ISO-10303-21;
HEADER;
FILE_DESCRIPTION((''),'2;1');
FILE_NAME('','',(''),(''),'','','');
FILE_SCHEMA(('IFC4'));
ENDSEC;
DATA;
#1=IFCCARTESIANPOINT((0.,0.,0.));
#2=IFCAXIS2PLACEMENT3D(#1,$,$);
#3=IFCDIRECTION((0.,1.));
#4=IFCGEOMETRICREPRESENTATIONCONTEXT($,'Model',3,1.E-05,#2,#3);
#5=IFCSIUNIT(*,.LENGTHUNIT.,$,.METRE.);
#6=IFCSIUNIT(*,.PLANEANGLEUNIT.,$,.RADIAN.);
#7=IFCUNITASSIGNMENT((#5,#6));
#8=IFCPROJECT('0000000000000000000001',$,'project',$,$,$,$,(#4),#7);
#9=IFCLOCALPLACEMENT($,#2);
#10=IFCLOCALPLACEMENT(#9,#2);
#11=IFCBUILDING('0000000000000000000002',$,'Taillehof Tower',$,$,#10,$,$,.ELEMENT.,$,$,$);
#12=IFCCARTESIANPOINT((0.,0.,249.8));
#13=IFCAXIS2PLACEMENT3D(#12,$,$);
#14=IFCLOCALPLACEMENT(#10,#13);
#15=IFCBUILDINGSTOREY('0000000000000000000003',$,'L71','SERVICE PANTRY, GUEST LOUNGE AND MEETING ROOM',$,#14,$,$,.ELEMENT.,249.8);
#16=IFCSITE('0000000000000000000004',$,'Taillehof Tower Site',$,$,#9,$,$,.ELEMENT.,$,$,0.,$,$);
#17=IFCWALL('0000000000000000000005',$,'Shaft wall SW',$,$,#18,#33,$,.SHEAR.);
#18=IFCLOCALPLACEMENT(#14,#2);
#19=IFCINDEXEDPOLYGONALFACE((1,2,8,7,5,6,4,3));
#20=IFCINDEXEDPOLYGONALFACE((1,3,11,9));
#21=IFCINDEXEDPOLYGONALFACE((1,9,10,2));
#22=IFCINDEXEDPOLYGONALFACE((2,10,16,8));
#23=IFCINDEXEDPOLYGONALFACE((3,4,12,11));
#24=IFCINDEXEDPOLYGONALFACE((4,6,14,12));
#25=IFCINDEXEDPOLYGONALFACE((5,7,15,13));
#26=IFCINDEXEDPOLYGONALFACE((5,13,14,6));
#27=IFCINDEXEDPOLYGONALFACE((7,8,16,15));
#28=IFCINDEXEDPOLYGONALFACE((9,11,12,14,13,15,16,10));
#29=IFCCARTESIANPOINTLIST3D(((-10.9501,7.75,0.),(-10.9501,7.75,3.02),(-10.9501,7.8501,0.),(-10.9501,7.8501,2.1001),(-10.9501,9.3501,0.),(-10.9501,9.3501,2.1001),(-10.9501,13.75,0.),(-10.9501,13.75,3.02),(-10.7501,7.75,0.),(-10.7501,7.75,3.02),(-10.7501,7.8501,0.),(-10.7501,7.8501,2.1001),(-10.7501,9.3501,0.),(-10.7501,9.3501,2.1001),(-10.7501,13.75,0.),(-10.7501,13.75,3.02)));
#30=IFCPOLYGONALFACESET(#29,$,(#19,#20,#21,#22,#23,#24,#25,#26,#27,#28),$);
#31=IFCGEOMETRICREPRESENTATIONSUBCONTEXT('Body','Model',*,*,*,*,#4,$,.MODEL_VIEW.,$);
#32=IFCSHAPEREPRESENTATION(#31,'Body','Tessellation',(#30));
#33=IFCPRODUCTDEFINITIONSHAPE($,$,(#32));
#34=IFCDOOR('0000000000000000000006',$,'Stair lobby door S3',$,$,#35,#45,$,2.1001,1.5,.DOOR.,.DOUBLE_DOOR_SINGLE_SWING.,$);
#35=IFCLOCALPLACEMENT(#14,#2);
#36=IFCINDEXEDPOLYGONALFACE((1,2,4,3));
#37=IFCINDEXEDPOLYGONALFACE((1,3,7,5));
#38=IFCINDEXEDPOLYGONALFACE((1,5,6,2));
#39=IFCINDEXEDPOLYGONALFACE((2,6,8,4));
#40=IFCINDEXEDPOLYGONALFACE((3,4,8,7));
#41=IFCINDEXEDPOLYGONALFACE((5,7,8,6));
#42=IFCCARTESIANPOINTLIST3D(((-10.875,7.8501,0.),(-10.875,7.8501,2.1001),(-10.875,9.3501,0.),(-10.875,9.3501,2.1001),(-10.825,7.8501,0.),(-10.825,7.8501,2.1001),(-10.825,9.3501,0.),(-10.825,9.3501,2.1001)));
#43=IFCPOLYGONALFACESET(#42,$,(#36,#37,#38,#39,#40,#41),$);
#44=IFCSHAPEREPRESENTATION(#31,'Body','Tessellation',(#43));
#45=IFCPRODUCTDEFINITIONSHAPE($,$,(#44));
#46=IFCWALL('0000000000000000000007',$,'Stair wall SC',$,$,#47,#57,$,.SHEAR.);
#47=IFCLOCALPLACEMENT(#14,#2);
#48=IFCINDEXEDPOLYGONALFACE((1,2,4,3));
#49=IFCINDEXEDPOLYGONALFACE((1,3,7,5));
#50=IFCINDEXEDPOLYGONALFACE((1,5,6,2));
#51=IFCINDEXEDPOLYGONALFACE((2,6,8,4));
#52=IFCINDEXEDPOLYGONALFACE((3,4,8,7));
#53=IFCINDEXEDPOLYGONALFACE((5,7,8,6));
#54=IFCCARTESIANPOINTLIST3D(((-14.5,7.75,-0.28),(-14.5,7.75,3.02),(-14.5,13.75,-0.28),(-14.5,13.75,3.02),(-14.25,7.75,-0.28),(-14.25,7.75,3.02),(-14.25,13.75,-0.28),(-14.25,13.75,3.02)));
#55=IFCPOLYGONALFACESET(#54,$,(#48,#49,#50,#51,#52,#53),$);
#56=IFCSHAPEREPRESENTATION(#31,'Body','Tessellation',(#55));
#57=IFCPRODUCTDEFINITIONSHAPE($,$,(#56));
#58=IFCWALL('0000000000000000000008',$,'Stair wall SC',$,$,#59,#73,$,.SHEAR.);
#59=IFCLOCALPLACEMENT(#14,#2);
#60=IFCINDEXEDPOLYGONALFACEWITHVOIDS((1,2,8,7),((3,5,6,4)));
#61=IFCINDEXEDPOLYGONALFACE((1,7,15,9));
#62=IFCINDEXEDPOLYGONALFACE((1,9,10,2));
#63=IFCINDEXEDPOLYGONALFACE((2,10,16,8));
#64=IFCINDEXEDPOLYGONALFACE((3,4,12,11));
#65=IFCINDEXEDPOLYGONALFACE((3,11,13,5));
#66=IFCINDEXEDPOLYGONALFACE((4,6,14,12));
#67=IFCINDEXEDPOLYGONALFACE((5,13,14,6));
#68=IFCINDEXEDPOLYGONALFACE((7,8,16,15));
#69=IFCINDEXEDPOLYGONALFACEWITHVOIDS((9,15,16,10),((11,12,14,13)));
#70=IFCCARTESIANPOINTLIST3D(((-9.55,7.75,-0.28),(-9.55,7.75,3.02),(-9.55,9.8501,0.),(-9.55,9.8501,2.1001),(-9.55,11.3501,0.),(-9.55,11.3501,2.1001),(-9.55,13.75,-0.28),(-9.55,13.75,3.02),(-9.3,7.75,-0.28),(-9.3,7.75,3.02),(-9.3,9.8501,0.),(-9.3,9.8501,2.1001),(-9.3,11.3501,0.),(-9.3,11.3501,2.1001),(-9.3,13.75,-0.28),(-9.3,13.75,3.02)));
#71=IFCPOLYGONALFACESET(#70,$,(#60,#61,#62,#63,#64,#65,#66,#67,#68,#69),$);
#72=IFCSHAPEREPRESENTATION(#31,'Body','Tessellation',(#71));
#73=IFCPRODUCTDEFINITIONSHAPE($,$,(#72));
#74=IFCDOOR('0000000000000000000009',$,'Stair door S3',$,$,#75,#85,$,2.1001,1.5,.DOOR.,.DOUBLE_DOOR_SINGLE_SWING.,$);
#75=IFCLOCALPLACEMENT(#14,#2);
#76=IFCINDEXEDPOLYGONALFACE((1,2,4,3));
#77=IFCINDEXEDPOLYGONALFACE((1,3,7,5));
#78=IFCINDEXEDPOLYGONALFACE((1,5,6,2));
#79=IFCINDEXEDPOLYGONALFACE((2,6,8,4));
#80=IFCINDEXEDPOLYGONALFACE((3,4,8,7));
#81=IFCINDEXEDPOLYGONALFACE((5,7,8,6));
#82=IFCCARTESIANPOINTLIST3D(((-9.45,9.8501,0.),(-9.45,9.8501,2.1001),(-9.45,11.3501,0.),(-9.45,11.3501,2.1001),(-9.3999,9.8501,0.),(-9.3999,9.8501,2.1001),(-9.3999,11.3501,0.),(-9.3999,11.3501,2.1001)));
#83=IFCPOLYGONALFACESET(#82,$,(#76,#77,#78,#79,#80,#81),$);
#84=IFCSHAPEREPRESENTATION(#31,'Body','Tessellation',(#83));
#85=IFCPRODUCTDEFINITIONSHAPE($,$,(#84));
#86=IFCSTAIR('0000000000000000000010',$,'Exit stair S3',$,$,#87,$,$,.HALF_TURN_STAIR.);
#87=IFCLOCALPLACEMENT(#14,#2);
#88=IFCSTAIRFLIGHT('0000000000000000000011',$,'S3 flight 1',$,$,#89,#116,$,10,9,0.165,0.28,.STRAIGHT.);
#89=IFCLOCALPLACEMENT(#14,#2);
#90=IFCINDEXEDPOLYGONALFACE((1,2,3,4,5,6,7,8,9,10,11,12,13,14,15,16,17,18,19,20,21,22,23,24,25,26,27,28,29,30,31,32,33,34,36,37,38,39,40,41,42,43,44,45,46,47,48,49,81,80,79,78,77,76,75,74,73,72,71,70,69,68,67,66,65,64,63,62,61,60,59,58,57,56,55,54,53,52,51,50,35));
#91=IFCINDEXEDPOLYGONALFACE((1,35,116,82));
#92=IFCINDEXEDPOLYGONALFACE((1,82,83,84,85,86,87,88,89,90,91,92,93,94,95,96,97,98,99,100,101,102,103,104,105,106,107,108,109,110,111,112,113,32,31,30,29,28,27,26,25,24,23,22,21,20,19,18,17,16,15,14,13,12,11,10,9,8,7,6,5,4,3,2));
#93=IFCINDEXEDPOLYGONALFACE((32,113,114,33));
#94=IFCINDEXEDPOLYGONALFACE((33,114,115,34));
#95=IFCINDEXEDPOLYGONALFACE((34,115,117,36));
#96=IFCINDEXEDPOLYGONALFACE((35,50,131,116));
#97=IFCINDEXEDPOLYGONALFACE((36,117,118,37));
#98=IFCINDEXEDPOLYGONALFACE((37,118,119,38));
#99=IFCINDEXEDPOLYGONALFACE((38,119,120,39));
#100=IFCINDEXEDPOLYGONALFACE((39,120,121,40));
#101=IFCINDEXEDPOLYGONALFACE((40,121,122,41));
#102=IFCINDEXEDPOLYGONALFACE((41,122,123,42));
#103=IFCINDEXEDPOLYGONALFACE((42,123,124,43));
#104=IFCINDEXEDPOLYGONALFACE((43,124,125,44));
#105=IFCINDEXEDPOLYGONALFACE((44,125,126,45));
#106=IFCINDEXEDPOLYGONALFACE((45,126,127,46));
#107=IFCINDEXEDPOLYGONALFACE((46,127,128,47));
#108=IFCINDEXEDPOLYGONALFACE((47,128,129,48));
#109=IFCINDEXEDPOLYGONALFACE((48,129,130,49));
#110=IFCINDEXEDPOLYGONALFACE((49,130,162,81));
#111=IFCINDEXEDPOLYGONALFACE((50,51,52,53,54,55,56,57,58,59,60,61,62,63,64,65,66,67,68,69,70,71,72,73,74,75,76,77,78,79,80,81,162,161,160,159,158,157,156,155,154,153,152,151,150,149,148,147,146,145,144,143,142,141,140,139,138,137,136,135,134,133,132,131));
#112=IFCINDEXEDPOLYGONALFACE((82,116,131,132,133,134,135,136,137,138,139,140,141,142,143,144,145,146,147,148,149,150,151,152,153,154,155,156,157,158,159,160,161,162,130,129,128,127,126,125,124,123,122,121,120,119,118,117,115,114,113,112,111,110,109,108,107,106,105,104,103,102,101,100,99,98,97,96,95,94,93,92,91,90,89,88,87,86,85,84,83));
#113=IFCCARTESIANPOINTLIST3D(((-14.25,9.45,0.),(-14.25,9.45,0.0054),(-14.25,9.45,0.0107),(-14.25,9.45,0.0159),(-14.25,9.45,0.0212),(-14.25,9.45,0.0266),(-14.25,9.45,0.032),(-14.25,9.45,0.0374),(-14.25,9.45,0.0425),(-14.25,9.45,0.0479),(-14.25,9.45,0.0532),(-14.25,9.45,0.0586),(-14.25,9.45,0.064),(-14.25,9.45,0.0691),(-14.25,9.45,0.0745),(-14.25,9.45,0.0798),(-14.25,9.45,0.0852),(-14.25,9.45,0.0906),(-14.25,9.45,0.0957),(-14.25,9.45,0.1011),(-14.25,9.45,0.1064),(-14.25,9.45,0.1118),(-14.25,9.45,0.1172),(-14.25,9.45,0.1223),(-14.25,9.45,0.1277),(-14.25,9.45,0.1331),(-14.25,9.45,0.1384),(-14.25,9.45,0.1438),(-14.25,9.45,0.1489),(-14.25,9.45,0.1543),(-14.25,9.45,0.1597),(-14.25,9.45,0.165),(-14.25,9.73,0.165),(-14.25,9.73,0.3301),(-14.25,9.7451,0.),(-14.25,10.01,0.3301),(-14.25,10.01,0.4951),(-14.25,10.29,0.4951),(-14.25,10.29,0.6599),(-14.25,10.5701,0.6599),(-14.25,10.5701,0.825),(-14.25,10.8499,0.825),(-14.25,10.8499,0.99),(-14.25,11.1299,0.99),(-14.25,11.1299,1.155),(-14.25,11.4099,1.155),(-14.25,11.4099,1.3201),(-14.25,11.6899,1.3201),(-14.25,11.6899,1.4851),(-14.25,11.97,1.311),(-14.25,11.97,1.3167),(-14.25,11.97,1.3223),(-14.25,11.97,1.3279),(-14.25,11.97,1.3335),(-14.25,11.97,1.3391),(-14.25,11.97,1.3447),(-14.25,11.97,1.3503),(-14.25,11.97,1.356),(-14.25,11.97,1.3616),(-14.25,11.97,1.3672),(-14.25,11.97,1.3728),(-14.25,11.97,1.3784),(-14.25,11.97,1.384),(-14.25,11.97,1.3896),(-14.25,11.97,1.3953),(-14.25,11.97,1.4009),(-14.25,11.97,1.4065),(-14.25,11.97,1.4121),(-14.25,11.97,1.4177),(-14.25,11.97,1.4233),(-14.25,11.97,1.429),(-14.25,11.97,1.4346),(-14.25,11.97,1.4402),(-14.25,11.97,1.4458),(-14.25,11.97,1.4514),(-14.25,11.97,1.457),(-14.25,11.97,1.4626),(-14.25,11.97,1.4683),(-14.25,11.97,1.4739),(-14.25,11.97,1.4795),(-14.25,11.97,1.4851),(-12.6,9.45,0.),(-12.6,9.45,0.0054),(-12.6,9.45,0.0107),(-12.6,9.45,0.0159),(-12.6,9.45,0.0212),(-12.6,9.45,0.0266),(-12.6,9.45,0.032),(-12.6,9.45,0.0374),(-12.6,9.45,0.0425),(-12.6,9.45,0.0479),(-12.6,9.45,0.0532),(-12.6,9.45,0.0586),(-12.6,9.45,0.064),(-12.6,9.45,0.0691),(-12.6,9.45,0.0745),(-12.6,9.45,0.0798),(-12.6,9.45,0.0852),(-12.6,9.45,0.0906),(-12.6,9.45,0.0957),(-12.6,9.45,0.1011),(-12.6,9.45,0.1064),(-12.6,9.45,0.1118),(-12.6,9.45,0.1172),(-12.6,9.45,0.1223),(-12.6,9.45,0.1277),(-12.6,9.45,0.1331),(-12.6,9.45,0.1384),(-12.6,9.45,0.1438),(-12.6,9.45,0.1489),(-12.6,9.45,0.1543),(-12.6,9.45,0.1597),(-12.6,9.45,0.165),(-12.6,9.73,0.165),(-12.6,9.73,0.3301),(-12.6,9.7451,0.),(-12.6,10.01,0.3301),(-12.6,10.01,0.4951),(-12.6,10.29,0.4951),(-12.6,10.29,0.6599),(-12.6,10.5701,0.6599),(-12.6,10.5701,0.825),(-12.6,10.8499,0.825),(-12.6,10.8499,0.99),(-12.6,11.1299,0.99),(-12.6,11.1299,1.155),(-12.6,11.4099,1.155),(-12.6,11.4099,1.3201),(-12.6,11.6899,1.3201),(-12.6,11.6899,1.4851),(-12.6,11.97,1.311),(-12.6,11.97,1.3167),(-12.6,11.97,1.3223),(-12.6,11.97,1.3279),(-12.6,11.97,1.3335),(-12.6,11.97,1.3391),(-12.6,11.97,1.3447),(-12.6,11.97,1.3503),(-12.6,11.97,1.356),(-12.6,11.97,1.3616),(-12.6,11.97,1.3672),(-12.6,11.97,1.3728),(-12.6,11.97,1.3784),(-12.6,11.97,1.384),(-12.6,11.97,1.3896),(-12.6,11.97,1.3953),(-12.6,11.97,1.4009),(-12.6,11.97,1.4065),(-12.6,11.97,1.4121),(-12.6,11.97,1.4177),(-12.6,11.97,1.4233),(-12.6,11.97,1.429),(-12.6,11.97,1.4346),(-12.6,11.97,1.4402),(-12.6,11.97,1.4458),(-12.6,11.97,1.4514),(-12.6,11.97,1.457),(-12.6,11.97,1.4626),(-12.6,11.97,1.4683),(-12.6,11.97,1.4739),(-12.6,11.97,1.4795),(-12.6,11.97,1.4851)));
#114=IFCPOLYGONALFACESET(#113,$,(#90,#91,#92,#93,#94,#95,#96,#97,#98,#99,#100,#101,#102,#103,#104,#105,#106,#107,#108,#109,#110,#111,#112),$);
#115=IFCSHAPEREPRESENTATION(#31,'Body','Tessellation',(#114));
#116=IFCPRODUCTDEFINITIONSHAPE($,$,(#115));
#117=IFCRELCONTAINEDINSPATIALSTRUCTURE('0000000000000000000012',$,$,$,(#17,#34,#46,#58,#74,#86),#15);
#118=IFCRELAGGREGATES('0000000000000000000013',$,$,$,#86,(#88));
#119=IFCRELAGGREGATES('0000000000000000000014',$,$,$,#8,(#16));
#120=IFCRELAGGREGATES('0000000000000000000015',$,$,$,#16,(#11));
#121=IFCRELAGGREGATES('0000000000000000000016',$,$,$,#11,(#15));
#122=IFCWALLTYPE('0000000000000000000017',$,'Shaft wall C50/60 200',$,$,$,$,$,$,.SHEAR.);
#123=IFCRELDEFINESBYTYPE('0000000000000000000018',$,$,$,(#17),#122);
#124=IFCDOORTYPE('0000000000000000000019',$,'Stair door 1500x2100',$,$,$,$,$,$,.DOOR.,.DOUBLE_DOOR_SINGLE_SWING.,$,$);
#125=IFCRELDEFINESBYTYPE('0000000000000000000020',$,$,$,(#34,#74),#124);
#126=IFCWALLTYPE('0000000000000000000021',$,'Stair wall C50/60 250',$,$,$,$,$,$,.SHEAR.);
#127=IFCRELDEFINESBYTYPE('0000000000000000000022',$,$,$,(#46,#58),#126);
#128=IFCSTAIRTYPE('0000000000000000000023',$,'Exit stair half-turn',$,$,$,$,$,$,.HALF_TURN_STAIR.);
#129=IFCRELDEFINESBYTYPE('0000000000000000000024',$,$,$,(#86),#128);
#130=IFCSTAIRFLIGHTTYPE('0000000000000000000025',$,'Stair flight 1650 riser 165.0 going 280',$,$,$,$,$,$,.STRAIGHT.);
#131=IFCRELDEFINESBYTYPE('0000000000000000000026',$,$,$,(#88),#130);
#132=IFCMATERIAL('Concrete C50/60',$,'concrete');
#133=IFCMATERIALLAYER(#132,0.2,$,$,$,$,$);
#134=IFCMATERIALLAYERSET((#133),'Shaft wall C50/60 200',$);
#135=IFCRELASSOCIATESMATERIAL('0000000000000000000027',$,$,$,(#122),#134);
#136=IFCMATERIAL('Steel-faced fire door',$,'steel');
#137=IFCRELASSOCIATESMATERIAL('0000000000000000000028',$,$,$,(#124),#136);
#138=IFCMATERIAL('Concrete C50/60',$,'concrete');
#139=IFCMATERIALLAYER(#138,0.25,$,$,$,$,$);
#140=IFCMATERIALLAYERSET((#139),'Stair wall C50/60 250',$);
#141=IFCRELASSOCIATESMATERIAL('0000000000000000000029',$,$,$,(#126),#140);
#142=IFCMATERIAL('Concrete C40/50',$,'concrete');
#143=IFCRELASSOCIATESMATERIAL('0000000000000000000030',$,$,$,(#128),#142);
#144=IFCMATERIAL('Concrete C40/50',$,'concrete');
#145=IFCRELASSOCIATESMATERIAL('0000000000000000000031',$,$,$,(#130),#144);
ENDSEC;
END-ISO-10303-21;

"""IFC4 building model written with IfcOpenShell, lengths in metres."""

from ifc_helpers import new_model, si_unit, direction, frame, frame_2d, origin, place, context, subcontext, project, spatial, polyline, rectangle, outline, extrude, material, layer, layer_set, type_object, element, fill, aggregate, save


model = new_model("IFC4")

# Units and contexts
model_context = context("Model", 3, precision=1e-05, world=origin(), true_north=direction((0.0, 1.0)))
body_context = subcontext(model_context, "Body", "Model", "MODEL_VIEW")
ifc_project = project(units=[si_unit("LENGTHUNIT", "METRE"), si_unit("PLANEANGLEUNIT", "RADIAN")], contexts=[model_context])

# Site, building, storey
site_placement = place(None, origin())
site = spatial("IfcSite", under=ifc_project, at=site_placement, Name="Taillehof Tower Site", CompositionType="ELEMENT", RefElevation=0.0)
building_placement = place(site_placement, origin())
building = spatial("IfcBuilding", under=site, at=building_placement, Name="Taillehof Tower", CompositionType="ELEMENT")
storey_placement = place(building_placement, frame((0.0, 0.0, 249.8)))
storey = spatial("IfcBuildingStorey", under=building, at=storey_placement, Name="L71", Description="SERVICE PANTRY, GUEST LOUNGE AND MEETING ROOM", CompositionType="ELEMENT", Elevation=249.8)

# Wall, opening, door
ifc_material_1 = material(Name="Concrete C50/60", Category="concrete")
ifc_layer_1 = layer(ifc_material_1, 0.2)
ifc_layer_set_1 = layer_set([ifc_layer_1], Name="Shaft wall C50/60 200")
wall_type_1 = type_object("IfcWallType", Name="Shaft wall C50/60 200", PredefinedType="SHEAR", material=ifc_layer_set_1)
wall_1_placement = place(storey_placement, frame((-10.8501, 7.75, 0.0), z_axis=(0.0, 0.0, 1.0), x_axis=(0.0, 1.0, 0.0)))
wall_1 = element("IfcWall", 1, at=wall_1_placement, inside=storey, type_object=wall_type_1, Name="Shaft wall SW", PredefinedType="SHEAR", context=body_context, shape_type="SweptSolid", body=[
    extrude(rectangle(XDim=6.0, YDim=0.2, at=frame_2d((3.0, 0.0))), origin(), (0.0, 0.0, 1.0), 3.02),
])
opening_1_placement = place(wall_1_placement, frame((0.1001, 0.0, 0.0)))
opening_1 = element("IfcOpeningElement", 2, at=opening_1_placement, cuts=wall_1, PredefinedType="OPENING", context=body_context, shape_type="SweptSolid", body=[
    extrude(rectangle(XDim=1.5, YDim=2.1001, at=frame_2d((0.75, 1.05))), frame((0.0, 0.1099, 0.0), z_axis=(0.0, -1.0, 0.0), x_axis=(1.0, 0.0, 0.0)), (0.0, 0.0, 1.0), 0.22),
])
ifc_material_2 = material(Name="Steel-faced fire door", Category="steel")
door_type = type_object("IfcDoorType", Name="Stair door 1500x2100", OperationType="DOUBLE_DOOR_SINGLE_SWING", PredefinedType="DOOR", material=ifc_material_2)
door_1_placement = place(opening_1_placement, origin())
door_1 = element("IfcDoor", 3, at=door_1_placement, inside=storey, type_object=door_type, Name="Stair lobby door S3", OperationType="DOUBLE_DOOR_SINGLE_SWING", OverallHeight=2.1001, OverallWidth=1.5, PredefinedType="DOOR", context=body_context, shape_type="SweptSolid", body=[
    extrude(rectangle(XDim=1.5, YDim=2.1001, at=frame_2d((0.75, 1.05))), frame((0.0, 0.0249, 0.0), z_axis=(0.0, -1.0, 0.0), x_axis=(1.0, 0.0, 0.0)), (0.0, 0.0, 1.0), 0.05),
])
fill(opening_1, door_1)

# Wall
ifc_material_3 = material(Name="Concrete C50/60", Category="concrete")
ifc_layer_2 = layer(ifc_material_3, 0.25)
ifc_layer_set_2 = layer_set([ifc_layer_2], Name="Stair wall C50/60 250")
wall_type_2 = type_object("IfcWallType", Name="Stair wall C50/60 250", PredefinedType="SHEAR", material=ifc_layer_set_2)
wall_2_placement = place(storey_placement, frame((-14.375, 7.75, -0.28), z_axis=(0.0, 0.0, 1.0), x_axis=(0.0, 1.0, 0.0)))
element("IfcWall", 4, at=wall_2_placement, inside=storey, type_object=wall_type_2, Name="Stair wall SC", PredefinedType="SHEAR", context=body_context, shape_type="SweptSolid", body=[
    extrude(rectangle(XDim=6.0, YDim=0.25, at=frame_2d((3.0, 0.0))), origin(), (0.0, 0.0, 1.0), 3.3),
])

# Wall, opening, door
wall_3_placement = place(storey_placement, frame((-9.425, 7.75, -0.28), z_axis=(0.0, 0.0, 1.0), x_axis=(0.0, 1.0, 0.0)))
wall_3 = element("IfcWall", 5, at=wall_3_placement, inside=storey, type_object=wall_type_2, Name="Stair wall SC", PredefinedType="SHEAR", context=body_context, shape_type="SweptSolid", body=[
    extrude(rectangle(XDim=6.0, YDim=0.25, at=frame_2d((3.0, 0.0))), origin(), (0.0, 0.0, 1.0), 3.3),
])
opening_2_placement = place(wall_3_placement, frame((2.1001, 0.0, 0.28)))
opening_2 = element("IfcOpeningElement", 6, at=opening_2_placement, cuts=wall_3, PredefinedType="OPENING", context=body_context, shape_type="SweptSolid", body=[
    extrude(rectangle(XDim=1.5, YDim=2.1001, at=frame_2d((0.75, 1.05))), frame((0.0, 0.135, 0.0), z_axis=(0.0, -1.0, 0.0), x_axis=(1.0, 0.0, 0.0)), (0.0, 0.0, 1.0), 0.27),
])
door_2_placement = place(opening_2_placement, origin())
door_2 = element("IfcDoor", 7, at=door_2_placement, inside=storey, type_object=door_type, Name="Stair door S3", OperationType="DOUBLE_DOOR_SINGLE_SWING", OverallHeight=2.1001, OverallWidth=1.5, PredefinedType="DOOR", context=body_context, shape_type="SweptSolid", body=[
    extrude(rectangle(XDim=1.5, YDim=2.1001, at=frame_2d((0.75, 1.05))), frame((0.0, 0.0249, 0.0), z_axis=(0.0, -1.0, 0.0), x_axis=(1.0, 0.0, 0.0)), (0.0, 0.0, 1.0), 0.05),
])
fill(opening_2, door_2)

# Stair, stair flight
ifc_material_4 = material(Name="Concrete C40/50", Category="concrete")
stair_type = type_object("IfcStairType", Name="Exit stair half-turn", PredefinedType="HALF_TURN_STAIR", material=ifc_material_4)
stair_placement = place(storey_placement, origin())
stair = element("IfcStair", 8, at=stair_placement, inside=storey, type_object=stair_type, Name="Exit stair S3", PredefinedType="HALF_TURN_STAIR")
ifc_material_5 = material(Name="Concrete C40/50", Category="concrete")
stair_flight_type = type_object("IfcStairFlightType", Name="Stair flight 1650 riser 165.0 going 280", PredefinedType="STRAIGHT", material=ifc_material_5)
stair_flight_1_placement = place(storey_placement, frame((-13.425, 9.45, 0.0), z_axis=(0.0, 0.0, 1.0), x_axis=(0.0, 1.0, 0.0)))
stair_flight_1 = element("IfcStairFlight", 9, at=stair_flight_1_placement, type_object=stair_flight_type, Name="S3 flight 1", NumberOfRisers=10, NumberOfTreads=9, PredefinedType="STRAIGHT", RiserHeight=0.165, TreadLength=0.28, context=body_context, shape_type="SweptSolid", body=[
    extrude(outline(polyline([(0.0, 0.0), (0.0, 0.0054), (0.0, 0.0107), (0.0, 0.0159), (0.0, 0.0212), (0.0, 0.0266), (0.0, 0.032), (0.0, 0.0374), (0.0, 0.0425), (0.0, 0.0479), (0.0, 0.0532), (0.0, 0.0586), (0.0, 0.064), (0.0, 0.0691), (0.0, 0.0745), (0.0, 0.0798), (0.0, 0.0852), (0.0, 0.0906), (0.0, 0.0957), (0.0, 0.1011), (0.0, 0.1064), (0.0, 0.1118), (0.0, 0.1172), (0.0, 0.1223), (0.0, 0.1277), (0.0, 0.1331), (0.0, 0.1384), (0.0, 0.1438), (0.0, 0.1489), (0.0, 0.1543), (0.0, 0.1597), (0.0, 0.165), (0.28, 0.165), (0.28, 0.3301), (0.5601, 0.3301), (0.5601, 0.4951), (0.8401, 0.4951), (0.8401, 0.6599), (1.1201, 0.6599), (1.1201, 0.825), (1.3999, 0.825), (1.3999, 0.99), (1.6799, 0.99), (1.6799, 1.155), (1.96, 1.155), (1.96, 1.3201), (2.24, 1.3201), (2.24, 1.4851), (2.52, 1.4851), (2.52, 1.4795), (2.52, 1.4739), (2.52, 1.4683), (2.52, 1.4626), (2.52, 1.457), (2.52, 1.4514), (2.52, 1.4458), (2.52, 1.4402), (2.52, 1.4346), (2.52, 1.429), (2.52, 1.4233), (2.52, 1.4177), (2.52, 1.4121), (2.52, 1.4065), (2.52, 1.4009), (2.52, 1.3953), (2.52, 1.3896), (2.52, 1.384), (2.52, 1.3784), (2.52, 1.3728), (2.52, 1.3672), (2.52, 1.3616), (2.52, 1.356), (2.52, 1.3503), (2.52, 1.3447), (2.52, 1.3391), (2.52, 1.3335), (2.52, 1.3279), (2.52, 1.3223), (2.52, 1.3167), (2.52, 1.311), (0.2952, 0.0), (0.0, 0.0)])), frame((0.0, 0.825, 0.0), z_axis=(0.0, -1.0, 0.0), x_axis=(1.0, 0.0, 0.0)), (0.0, 0.0, 1.0), 1.65),
])
aggregate(stair, [stair_flight_1])

save(model, "model.ifc")
